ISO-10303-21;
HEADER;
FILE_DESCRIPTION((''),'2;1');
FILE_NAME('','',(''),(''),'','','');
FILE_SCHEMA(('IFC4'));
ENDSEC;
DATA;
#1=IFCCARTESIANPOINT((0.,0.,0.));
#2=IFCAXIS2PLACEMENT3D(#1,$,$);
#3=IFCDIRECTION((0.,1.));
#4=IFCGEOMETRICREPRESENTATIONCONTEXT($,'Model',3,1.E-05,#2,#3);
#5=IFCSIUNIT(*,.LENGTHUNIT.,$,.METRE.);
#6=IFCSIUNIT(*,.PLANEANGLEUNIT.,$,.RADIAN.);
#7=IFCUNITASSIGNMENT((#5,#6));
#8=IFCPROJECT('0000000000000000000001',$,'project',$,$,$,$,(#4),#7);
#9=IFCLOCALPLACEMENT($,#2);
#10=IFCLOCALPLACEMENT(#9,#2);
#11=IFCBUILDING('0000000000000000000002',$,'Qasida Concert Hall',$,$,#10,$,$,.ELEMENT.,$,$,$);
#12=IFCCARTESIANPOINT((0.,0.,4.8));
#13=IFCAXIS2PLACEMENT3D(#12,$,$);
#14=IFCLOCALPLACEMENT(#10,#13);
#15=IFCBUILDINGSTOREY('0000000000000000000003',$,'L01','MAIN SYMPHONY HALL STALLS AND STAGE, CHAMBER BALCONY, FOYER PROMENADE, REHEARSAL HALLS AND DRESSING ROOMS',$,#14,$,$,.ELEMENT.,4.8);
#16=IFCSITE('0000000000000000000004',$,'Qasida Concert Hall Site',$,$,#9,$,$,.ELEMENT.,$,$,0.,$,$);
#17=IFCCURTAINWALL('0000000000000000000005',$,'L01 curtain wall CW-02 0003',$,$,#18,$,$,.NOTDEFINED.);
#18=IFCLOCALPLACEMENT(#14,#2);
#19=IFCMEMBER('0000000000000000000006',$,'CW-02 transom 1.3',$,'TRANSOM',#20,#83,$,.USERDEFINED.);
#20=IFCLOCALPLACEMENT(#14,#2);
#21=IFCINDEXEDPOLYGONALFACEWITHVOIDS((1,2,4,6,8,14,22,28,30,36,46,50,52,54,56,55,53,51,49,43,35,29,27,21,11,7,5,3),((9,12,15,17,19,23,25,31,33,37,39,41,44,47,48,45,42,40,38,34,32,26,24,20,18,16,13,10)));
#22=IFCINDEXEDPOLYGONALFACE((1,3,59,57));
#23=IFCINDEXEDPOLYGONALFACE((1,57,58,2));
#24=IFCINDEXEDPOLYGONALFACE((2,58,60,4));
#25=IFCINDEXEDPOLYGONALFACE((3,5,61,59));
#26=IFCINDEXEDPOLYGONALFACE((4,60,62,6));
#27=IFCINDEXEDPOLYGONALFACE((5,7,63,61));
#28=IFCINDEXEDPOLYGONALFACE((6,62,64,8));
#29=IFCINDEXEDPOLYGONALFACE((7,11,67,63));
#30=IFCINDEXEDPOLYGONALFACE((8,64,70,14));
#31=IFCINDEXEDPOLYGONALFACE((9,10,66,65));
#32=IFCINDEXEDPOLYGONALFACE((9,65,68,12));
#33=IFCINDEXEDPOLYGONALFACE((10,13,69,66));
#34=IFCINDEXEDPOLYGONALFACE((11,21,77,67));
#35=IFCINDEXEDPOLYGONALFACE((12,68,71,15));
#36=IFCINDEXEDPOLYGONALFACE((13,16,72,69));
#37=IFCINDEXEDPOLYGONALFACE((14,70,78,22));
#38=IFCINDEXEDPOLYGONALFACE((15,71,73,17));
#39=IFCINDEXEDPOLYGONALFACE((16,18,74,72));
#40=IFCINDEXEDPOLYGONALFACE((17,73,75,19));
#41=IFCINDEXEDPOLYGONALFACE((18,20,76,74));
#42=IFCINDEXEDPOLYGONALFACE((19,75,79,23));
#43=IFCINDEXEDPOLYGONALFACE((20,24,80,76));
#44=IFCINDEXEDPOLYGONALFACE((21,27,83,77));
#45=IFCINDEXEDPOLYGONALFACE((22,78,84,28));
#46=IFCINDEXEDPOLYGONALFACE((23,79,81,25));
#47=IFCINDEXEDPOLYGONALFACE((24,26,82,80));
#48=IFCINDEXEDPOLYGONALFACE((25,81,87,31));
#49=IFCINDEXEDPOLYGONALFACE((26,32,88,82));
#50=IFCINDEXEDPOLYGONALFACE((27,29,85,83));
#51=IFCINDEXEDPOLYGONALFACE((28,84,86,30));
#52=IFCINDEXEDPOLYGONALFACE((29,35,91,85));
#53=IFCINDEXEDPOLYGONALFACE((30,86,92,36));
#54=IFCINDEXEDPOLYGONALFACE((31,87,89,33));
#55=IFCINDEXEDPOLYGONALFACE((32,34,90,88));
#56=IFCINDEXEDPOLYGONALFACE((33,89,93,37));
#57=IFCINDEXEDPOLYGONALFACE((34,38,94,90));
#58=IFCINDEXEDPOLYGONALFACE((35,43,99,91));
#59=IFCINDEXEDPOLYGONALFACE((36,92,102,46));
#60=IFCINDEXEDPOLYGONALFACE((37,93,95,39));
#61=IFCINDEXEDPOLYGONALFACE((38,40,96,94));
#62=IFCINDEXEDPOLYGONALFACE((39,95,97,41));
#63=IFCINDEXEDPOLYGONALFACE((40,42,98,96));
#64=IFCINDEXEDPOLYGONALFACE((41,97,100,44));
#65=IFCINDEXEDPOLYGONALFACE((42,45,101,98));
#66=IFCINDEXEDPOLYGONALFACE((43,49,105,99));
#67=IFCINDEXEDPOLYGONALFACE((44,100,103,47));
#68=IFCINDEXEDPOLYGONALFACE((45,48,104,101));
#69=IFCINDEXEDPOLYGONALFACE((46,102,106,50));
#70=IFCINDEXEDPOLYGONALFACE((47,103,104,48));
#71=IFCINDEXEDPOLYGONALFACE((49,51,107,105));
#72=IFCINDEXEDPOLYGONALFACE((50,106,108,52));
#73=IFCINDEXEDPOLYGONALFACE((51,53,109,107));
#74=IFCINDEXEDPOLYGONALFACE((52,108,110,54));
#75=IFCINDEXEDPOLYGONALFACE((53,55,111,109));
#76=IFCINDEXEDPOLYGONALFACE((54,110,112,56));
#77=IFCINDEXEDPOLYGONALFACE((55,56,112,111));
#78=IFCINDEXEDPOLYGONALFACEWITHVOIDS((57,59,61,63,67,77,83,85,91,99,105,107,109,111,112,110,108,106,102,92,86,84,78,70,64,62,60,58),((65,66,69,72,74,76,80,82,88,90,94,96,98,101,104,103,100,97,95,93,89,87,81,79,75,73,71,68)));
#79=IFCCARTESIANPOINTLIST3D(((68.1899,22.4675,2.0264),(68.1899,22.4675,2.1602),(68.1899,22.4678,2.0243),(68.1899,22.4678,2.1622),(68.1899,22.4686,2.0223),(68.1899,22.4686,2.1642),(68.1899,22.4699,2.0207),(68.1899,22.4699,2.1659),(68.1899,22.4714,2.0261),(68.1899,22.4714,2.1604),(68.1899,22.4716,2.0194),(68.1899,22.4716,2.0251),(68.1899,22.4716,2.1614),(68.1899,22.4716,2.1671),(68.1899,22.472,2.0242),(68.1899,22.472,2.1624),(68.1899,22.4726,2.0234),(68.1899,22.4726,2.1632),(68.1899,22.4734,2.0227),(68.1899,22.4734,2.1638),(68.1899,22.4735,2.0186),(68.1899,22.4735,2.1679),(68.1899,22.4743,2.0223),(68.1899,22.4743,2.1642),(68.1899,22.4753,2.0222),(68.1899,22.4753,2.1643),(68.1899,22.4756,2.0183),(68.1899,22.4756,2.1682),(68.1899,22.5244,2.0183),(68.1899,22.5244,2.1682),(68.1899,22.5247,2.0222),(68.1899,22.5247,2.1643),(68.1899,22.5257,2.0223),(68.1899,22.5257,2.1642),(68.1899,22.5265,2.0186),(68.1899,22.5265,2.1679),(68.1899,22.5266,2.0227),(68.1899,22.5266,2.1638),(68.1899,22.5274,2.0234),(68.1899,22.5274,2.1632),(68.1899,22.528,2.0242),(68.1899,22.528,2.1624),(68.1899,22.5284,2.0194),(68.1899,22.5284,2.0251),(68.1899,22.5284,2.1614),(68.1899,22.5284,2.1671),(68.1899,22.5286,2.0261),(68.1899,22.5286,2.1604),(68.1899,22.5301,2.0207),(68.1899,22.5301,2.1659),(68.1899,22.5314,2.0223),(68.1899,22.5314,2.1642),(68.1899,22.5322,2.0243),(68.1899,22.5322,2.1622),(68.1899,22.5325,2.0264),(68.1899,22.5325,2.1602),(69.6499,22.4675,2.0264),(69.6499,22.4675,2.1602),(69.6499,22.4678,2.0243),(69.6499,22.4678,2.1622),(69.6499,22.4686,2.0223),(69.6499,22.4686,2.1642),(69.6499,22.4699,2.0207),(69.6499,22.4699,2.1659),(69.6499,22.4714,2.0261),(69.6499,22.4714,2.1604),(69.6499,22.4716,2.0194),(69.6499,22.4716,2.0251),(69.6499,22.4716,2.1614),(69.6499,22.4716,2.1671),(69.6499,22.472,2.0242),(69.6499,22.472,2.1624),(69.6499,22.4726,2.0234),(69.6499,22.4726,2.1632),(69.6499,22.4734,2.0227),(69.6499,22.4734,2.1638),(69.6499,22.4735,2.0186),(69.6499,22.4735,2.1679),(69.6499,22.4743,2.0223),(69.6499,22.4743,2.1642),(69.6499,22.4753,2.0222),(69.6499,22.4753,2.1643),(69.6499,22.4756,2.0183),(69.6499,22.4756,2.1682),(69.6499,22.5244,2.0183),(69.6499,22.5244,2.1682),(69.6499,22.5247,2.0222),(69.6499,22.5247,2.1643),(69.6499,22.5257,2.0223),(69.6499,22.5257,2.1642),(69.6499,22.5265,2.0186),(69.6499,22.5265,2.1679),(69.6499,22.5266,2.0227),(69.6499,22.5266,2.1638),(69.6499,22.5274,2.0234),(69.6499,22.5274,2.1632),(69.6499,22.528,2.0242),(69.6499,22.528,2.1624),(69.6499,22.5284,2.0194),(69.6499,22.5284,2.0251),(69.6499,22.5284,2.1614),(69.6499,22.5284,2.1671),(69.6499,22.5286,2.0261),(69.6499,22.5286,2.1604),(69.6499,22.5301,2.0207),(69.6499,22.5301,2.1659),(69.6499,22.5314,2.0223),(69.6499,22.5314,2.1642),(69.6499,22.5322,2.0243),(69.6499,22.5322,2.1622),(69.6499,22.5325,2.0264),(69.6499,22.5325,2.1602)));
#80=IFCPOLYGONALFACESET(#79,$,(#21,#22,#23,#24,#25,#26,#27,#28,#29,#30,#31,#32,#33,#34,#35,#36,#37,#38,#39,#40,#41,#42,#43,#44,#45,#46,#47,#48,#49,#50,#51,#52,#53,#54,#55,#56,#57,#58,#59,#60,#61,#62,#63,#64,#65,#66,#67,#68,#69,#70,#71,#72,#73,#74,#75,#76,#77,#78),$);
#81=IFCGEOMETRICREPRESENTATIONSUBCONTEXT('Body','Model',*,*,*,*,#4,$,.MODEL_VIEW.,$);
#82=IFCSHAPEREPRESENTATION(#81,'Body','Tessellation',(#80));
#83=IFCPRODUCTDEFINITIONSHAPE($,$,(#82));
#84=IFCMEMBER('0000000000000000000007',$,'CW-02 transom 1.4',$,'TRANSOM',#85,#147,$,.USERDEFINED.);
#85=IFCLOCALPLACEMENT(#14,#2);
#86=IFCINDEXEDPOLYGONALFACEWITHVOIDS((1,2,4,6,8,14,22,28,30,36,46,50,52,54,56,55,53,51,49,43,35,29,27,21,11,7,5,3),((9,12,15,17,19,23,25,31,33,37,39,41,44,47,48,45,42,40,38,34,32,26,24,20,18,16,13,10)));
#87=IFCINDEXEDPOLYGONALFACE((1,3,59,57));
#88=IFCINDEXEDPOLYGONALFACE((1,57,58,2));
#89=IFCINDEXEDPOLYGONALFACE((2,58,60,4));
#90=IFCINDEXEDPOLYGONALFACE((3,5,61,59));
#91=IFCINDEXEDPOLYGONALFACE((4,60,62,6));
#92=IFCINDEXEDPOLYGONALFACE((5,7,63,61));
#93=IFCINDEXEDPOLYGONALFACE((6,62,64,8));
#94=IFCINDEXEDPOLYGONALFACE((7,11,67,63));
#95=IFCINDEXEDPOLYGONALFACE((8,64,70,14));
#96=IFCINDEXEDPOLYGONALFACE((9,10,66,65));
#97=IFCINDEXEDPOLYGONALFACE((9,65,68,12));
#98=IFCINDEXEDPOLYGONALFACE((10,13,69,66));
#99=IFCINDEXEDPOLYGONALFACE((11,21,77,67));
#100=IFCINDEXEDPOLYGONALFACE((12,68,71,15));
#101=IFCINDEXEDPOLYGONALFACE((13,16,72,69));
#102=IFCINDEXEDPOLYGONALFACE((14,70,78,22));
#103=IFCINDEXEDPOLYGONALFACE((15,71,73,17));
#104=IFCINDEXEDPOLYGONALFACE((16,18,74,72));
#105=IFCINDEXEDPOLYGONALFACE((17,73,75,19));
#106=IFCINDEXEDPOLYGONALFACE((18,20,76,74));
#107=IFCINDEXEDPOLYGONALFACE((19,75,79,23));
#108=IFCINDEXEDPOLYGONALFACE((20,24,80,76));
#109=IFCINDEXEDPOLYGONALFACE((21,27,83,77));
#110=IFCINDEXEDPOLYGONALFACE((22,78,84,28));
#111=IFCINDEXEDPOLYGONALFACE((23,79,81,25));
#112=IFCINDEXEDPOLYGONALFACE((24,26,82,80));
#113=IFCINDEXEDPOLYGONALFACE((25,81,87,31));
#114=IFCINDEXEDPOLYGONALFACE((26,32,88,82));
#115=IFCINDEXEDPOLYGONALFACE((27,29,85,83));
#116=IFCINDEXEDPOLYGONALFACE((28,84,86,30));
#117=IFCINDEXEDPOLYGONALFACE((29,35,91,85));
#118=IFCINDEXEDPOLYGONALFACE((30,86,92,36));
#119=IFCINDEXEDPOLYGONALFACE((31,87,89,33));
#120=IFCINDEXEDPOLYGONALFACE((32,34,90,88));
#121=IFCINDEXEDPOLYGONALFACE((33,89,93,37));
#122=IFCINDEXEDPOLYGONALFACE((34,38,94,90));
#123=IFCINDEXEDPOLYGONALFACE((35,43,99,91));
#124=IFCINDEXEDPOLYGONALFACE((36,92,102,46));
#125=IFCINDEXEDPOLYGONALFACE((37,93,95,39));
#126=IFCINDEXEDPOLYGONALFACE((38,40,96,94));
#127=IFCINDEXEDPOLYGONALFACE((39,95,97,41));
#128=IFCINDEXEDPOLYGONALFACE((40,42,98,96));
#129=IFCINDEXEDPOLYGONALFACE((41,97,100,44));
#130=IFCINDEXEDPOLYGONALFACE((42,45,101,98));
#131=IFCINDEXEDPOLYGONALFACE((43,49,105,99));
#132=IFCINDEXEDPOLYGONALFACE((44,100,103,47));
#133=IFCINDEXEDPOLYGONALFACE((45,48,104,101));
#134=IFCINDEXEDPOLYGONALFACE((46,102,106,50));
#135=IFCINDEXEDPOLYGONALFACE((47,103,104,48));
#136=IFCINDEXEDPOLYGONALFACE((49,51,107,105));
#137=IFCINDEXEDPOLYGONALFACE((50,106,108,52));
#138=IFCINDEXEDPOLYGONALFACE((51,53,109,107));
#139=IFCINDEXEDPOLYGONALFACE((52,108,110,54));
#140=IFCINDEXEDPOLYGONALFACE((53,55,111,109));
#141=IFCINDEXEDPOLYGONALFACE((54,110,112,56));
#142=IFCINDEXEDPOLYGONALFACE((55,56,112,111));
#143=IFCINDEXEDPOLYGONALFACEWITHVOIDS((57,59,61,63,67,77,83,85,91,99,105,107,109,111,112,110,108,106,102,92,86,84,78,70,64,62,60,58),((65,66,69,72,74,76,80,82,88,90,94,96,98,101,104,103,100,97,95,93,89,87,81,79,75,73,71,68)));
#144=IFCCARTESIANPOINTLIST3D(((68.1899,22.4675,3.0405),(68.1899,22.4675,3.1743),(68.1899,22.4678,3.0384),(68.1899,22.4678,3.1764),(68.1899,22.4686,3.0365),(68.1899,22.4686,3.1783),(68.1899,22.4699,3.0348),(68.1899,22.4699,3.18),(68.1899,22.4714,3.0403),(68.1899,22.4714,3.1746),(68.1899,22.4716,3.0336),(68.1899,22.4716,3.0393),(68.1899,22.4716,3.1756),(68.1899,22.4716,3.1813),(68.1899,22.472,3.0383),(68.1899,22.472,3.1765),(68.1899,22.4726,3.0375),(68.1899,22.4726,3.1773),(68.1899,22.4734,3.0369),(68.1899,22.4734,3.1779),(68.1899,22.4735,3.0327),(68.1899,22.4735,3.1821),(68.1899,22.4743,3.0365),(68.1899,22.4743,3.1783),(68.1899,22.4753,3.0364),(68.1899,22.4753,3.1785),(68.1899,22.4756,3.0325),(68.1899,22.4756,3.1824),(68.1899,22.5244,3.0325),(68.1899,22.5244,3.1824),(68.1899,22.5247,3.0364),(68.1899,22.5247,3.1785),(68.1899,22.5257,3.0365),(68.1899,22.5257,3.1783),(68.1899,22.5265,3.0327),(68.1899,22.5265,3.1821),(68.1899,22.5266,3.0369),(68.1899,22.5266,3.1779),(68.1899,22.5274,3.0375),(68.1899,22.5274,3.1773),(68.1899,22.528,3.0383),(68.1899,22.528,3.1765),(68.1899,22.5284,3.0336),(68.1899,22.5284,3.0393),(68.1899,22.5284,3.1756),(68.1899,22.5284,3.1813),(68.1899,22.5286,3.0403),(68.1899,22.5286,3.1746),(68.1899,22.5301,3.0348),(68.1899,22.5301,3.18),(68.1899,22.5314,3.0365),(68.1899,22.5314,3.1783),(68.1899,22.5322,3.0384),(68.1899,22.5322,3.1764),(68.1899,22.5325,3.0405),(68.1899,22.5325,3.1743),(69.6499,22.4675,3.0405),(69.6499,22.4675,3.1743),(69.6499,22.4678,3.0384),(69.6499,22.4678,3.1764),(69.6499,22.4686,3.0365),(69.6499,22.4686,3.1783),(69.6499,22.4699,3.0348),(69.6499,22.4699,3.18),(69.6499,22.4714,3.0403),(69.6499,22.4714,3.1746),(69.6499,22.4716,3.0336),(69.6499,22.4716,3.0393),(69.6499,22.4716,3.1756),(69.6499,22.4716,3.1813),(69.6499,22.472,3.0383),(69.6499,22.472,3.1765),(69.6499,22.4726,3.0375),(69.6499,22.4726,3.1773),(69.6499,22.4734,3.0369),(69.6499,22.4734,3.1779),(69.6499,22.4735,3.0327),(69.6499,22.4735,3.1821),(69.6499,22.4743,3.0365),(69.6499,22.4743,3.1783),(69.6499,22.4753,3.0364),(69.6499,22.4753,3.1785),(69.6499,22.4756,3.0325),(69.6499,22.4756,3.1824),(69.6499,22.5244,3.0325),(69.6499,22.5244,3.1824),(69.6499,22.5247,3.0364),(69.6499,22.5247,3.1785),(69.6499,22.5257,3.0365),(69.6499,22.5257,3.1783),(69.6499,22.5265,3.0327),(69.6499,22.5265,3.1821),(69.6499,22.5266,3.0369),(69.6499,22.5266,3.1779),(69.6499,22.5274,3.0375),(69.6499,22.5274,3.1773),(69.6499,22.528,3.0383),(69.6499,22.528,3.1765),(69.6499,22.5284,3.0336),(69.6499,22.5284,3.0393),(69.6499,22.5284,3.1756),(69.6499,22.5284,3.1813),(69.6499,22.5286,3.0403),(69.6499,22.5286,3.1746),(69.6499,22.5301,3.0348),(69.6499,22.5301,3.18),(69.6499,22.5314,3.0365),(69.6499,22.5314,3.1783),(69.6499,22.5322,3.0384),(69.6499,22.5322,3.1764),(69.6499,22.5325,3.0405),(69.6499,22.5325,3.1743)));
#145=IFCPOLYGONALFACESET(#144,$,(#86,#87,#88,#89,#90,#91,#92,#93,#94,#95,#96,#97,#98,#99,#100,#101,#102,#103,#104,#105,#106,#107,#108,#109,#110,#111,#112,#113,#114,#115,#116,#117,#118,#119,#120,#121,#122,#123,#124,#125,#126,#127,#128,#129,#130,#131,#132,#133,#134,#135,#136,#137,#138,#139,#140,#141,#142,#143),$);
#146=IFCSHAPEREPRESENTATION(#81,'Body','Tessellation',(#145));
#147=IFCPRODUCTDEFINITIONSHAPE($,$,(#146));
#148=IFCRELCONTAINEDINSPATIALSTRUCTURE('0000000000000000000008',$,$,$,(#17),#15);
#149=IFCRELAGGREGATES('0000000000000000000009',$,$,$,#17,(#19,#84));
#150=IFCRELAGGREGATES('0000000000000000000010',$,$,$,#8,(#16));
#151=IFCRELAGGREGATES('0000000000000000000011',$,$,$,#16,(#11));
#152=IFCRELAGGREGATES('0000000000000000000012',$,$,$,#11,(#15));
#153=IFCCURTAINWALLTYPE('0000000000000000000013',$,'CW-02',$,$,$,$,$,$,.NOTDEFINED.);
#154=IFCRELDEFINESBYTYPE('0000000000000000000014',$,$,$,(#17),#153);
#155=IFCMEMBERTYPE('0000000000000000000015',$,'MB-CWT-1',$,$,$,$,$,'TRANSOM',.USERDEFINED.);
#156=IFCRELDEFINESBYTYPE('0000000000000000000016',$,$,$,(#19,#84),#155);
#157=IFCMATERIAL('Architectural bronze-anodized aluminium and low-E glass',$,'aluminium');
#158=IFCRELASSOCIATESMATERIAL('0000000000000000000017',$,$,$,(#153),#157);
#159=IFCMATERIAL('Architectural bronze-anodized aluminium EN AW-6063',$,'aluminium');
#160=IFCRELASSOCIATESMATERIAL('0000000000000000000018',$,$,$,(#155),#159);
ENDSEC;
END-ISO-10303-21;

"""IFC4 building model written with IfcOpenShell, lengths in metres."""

from ifc_helpers import new_model, si_unit, direction, frame, origin, origin_2d, place, context, subcontext, project, spatial, hollow_rectangle, extrude, material, material_profile, profile_set, type_object, element, aggregate, save


model = new_model("IFC4")

# Units and contexts
model_context = context("Model", 3, precision=1e-05, world=origin(), true_north=direction((0.0, 1.0)))
body_context = subcontext(model_context, "Body", "Model", "MODEL_VIEW")
ifc_project = project(units=[si_unit("LENGTHUNIT", "METRE"), si_unit("PLANEANGLEUNIT", "RADIAN")], contexts=[model_context])

# Site, building, storey
site_placement = place(None, origin())
site = spatial("IfcSite", under=ifc_project, at=site_placement, Name="Qasida Concert Hall Site", CompositionType="ELEMENT", RefElevation=0.0)
building_placement = place(site_placement, origin())
building = spatial("IfcBuilding", under=site, at=building_placement, Name="Qasida Concert Hall", CompositionType="ELEMENT")
storey_placement = place(building_placement, frame((0.0, 0.0, 4.8)))
storey = spatial("IfcBuildingStorey", under=building, at=storey_placement, Name="L01", Description="MAIN SYMPHONY HALL STALLS AND STAGE, CHAMBER BALCONY, FOYER PROMENADE, REHEARSAL HALLS AND DRESSING ROOMS", CompositionType="ELEMENT", Elevation=4.8)

# Shared definitions
ifc_material_1 = material(Name="Architectural bronze-anodized aluminium and low-E glass", Category="aluminium")
curtain_wall_type = type_object("IfcCurtainWallType", Name="CW-02", PredefinedType="NOTDEFINED", material=ifc_material_1)
ifc_material_2 = material(Name="Architectural bronze-anodized aluminium EN AW-6063", Category="aluminium")

# Curtain wall
curtain_wall_1_placement = place(storey_placement, origin())
curtain_wall_1 = element("IfcCurtainWall", 1, at=curtain_wall_1_placement, inside=storey, type_object=curtain_wall_type, Name="L01 curtain wall CW-02 0003", PredefinedType="NOTDEFINED")

# Members
ifc_material_profile_1 = material_profile(ifc_material_2, hollow_rectangle(XDim=0.0649, YDim=0.1499, WallThickness=0.0039, InnerFilletRadius=0.0039, OuterFilletRadius=0.0081, at=origin_2d()), Name="CWT 150x65x4")
ifc_profile_set_1 = profile_set([ifc_material_profile_1], Name="Architectural bronze-anodized aluminium EN AW-6063")
member_type_1 = type_object("IfcMemberType", Name="MB-CWT-1", ElementType="TRANSOM", PredefinedType="USERDEFINED", material=ifc_profile_set_1)
member_1_placement = place(storey_placement, frame((68.1899, 22.5, 2.0933), z_axis=(1.0, 0.0, 0.0), x_axis=(0.0, 1.0, 0.0)))
member_1 = element("IfcMember", 2, at=member_1_placement, type_object=member_type_1, Name="CW-02 transom 1.3", ObjectType="TRANSOM", PredefinedType="USERDEFINED", context=body_context, shape_type="SweptSolid", body=[
    extrude(hollow_rectangle(XDim=0.0649, YDim=0.1499, WallThickness=0.0039, InnerFilletRadius=0.0039, OuterFilletRadius=0.0081, at=origin_2d()), origin(), (0.0, 0.0, 1.0), 1.46),
])
member_2_placement = place(storey_placement, frame((68.1899, 22.5, 3.1074), z_axis=(1.0, 0.0, 0.0), x_axis=(0.0, 1.0, 0.0)))
member_2 = element("IfcMember", 3, at=member_2_placement, type_object=member_type_1, Name="CW-02 transom 1.4", ObjectType="TRANSOM", PredefinedType="USERDEFINED", context=body_context, shape_type="SweptSolid", body=[
    extrude(hollow_rectangle(XDim=0.0649, YDim=0.1499, WallThickness=0.0039, InnerFilletRadius=0.0039, OuterFilletRadius=0.0081, at=origin_2d()), origin(), (0.0, 0.0, 1.0), 1.46),
])

aggregate(curtain_wall_1, [member_1, member_2])

save(model, "model.ifc")
